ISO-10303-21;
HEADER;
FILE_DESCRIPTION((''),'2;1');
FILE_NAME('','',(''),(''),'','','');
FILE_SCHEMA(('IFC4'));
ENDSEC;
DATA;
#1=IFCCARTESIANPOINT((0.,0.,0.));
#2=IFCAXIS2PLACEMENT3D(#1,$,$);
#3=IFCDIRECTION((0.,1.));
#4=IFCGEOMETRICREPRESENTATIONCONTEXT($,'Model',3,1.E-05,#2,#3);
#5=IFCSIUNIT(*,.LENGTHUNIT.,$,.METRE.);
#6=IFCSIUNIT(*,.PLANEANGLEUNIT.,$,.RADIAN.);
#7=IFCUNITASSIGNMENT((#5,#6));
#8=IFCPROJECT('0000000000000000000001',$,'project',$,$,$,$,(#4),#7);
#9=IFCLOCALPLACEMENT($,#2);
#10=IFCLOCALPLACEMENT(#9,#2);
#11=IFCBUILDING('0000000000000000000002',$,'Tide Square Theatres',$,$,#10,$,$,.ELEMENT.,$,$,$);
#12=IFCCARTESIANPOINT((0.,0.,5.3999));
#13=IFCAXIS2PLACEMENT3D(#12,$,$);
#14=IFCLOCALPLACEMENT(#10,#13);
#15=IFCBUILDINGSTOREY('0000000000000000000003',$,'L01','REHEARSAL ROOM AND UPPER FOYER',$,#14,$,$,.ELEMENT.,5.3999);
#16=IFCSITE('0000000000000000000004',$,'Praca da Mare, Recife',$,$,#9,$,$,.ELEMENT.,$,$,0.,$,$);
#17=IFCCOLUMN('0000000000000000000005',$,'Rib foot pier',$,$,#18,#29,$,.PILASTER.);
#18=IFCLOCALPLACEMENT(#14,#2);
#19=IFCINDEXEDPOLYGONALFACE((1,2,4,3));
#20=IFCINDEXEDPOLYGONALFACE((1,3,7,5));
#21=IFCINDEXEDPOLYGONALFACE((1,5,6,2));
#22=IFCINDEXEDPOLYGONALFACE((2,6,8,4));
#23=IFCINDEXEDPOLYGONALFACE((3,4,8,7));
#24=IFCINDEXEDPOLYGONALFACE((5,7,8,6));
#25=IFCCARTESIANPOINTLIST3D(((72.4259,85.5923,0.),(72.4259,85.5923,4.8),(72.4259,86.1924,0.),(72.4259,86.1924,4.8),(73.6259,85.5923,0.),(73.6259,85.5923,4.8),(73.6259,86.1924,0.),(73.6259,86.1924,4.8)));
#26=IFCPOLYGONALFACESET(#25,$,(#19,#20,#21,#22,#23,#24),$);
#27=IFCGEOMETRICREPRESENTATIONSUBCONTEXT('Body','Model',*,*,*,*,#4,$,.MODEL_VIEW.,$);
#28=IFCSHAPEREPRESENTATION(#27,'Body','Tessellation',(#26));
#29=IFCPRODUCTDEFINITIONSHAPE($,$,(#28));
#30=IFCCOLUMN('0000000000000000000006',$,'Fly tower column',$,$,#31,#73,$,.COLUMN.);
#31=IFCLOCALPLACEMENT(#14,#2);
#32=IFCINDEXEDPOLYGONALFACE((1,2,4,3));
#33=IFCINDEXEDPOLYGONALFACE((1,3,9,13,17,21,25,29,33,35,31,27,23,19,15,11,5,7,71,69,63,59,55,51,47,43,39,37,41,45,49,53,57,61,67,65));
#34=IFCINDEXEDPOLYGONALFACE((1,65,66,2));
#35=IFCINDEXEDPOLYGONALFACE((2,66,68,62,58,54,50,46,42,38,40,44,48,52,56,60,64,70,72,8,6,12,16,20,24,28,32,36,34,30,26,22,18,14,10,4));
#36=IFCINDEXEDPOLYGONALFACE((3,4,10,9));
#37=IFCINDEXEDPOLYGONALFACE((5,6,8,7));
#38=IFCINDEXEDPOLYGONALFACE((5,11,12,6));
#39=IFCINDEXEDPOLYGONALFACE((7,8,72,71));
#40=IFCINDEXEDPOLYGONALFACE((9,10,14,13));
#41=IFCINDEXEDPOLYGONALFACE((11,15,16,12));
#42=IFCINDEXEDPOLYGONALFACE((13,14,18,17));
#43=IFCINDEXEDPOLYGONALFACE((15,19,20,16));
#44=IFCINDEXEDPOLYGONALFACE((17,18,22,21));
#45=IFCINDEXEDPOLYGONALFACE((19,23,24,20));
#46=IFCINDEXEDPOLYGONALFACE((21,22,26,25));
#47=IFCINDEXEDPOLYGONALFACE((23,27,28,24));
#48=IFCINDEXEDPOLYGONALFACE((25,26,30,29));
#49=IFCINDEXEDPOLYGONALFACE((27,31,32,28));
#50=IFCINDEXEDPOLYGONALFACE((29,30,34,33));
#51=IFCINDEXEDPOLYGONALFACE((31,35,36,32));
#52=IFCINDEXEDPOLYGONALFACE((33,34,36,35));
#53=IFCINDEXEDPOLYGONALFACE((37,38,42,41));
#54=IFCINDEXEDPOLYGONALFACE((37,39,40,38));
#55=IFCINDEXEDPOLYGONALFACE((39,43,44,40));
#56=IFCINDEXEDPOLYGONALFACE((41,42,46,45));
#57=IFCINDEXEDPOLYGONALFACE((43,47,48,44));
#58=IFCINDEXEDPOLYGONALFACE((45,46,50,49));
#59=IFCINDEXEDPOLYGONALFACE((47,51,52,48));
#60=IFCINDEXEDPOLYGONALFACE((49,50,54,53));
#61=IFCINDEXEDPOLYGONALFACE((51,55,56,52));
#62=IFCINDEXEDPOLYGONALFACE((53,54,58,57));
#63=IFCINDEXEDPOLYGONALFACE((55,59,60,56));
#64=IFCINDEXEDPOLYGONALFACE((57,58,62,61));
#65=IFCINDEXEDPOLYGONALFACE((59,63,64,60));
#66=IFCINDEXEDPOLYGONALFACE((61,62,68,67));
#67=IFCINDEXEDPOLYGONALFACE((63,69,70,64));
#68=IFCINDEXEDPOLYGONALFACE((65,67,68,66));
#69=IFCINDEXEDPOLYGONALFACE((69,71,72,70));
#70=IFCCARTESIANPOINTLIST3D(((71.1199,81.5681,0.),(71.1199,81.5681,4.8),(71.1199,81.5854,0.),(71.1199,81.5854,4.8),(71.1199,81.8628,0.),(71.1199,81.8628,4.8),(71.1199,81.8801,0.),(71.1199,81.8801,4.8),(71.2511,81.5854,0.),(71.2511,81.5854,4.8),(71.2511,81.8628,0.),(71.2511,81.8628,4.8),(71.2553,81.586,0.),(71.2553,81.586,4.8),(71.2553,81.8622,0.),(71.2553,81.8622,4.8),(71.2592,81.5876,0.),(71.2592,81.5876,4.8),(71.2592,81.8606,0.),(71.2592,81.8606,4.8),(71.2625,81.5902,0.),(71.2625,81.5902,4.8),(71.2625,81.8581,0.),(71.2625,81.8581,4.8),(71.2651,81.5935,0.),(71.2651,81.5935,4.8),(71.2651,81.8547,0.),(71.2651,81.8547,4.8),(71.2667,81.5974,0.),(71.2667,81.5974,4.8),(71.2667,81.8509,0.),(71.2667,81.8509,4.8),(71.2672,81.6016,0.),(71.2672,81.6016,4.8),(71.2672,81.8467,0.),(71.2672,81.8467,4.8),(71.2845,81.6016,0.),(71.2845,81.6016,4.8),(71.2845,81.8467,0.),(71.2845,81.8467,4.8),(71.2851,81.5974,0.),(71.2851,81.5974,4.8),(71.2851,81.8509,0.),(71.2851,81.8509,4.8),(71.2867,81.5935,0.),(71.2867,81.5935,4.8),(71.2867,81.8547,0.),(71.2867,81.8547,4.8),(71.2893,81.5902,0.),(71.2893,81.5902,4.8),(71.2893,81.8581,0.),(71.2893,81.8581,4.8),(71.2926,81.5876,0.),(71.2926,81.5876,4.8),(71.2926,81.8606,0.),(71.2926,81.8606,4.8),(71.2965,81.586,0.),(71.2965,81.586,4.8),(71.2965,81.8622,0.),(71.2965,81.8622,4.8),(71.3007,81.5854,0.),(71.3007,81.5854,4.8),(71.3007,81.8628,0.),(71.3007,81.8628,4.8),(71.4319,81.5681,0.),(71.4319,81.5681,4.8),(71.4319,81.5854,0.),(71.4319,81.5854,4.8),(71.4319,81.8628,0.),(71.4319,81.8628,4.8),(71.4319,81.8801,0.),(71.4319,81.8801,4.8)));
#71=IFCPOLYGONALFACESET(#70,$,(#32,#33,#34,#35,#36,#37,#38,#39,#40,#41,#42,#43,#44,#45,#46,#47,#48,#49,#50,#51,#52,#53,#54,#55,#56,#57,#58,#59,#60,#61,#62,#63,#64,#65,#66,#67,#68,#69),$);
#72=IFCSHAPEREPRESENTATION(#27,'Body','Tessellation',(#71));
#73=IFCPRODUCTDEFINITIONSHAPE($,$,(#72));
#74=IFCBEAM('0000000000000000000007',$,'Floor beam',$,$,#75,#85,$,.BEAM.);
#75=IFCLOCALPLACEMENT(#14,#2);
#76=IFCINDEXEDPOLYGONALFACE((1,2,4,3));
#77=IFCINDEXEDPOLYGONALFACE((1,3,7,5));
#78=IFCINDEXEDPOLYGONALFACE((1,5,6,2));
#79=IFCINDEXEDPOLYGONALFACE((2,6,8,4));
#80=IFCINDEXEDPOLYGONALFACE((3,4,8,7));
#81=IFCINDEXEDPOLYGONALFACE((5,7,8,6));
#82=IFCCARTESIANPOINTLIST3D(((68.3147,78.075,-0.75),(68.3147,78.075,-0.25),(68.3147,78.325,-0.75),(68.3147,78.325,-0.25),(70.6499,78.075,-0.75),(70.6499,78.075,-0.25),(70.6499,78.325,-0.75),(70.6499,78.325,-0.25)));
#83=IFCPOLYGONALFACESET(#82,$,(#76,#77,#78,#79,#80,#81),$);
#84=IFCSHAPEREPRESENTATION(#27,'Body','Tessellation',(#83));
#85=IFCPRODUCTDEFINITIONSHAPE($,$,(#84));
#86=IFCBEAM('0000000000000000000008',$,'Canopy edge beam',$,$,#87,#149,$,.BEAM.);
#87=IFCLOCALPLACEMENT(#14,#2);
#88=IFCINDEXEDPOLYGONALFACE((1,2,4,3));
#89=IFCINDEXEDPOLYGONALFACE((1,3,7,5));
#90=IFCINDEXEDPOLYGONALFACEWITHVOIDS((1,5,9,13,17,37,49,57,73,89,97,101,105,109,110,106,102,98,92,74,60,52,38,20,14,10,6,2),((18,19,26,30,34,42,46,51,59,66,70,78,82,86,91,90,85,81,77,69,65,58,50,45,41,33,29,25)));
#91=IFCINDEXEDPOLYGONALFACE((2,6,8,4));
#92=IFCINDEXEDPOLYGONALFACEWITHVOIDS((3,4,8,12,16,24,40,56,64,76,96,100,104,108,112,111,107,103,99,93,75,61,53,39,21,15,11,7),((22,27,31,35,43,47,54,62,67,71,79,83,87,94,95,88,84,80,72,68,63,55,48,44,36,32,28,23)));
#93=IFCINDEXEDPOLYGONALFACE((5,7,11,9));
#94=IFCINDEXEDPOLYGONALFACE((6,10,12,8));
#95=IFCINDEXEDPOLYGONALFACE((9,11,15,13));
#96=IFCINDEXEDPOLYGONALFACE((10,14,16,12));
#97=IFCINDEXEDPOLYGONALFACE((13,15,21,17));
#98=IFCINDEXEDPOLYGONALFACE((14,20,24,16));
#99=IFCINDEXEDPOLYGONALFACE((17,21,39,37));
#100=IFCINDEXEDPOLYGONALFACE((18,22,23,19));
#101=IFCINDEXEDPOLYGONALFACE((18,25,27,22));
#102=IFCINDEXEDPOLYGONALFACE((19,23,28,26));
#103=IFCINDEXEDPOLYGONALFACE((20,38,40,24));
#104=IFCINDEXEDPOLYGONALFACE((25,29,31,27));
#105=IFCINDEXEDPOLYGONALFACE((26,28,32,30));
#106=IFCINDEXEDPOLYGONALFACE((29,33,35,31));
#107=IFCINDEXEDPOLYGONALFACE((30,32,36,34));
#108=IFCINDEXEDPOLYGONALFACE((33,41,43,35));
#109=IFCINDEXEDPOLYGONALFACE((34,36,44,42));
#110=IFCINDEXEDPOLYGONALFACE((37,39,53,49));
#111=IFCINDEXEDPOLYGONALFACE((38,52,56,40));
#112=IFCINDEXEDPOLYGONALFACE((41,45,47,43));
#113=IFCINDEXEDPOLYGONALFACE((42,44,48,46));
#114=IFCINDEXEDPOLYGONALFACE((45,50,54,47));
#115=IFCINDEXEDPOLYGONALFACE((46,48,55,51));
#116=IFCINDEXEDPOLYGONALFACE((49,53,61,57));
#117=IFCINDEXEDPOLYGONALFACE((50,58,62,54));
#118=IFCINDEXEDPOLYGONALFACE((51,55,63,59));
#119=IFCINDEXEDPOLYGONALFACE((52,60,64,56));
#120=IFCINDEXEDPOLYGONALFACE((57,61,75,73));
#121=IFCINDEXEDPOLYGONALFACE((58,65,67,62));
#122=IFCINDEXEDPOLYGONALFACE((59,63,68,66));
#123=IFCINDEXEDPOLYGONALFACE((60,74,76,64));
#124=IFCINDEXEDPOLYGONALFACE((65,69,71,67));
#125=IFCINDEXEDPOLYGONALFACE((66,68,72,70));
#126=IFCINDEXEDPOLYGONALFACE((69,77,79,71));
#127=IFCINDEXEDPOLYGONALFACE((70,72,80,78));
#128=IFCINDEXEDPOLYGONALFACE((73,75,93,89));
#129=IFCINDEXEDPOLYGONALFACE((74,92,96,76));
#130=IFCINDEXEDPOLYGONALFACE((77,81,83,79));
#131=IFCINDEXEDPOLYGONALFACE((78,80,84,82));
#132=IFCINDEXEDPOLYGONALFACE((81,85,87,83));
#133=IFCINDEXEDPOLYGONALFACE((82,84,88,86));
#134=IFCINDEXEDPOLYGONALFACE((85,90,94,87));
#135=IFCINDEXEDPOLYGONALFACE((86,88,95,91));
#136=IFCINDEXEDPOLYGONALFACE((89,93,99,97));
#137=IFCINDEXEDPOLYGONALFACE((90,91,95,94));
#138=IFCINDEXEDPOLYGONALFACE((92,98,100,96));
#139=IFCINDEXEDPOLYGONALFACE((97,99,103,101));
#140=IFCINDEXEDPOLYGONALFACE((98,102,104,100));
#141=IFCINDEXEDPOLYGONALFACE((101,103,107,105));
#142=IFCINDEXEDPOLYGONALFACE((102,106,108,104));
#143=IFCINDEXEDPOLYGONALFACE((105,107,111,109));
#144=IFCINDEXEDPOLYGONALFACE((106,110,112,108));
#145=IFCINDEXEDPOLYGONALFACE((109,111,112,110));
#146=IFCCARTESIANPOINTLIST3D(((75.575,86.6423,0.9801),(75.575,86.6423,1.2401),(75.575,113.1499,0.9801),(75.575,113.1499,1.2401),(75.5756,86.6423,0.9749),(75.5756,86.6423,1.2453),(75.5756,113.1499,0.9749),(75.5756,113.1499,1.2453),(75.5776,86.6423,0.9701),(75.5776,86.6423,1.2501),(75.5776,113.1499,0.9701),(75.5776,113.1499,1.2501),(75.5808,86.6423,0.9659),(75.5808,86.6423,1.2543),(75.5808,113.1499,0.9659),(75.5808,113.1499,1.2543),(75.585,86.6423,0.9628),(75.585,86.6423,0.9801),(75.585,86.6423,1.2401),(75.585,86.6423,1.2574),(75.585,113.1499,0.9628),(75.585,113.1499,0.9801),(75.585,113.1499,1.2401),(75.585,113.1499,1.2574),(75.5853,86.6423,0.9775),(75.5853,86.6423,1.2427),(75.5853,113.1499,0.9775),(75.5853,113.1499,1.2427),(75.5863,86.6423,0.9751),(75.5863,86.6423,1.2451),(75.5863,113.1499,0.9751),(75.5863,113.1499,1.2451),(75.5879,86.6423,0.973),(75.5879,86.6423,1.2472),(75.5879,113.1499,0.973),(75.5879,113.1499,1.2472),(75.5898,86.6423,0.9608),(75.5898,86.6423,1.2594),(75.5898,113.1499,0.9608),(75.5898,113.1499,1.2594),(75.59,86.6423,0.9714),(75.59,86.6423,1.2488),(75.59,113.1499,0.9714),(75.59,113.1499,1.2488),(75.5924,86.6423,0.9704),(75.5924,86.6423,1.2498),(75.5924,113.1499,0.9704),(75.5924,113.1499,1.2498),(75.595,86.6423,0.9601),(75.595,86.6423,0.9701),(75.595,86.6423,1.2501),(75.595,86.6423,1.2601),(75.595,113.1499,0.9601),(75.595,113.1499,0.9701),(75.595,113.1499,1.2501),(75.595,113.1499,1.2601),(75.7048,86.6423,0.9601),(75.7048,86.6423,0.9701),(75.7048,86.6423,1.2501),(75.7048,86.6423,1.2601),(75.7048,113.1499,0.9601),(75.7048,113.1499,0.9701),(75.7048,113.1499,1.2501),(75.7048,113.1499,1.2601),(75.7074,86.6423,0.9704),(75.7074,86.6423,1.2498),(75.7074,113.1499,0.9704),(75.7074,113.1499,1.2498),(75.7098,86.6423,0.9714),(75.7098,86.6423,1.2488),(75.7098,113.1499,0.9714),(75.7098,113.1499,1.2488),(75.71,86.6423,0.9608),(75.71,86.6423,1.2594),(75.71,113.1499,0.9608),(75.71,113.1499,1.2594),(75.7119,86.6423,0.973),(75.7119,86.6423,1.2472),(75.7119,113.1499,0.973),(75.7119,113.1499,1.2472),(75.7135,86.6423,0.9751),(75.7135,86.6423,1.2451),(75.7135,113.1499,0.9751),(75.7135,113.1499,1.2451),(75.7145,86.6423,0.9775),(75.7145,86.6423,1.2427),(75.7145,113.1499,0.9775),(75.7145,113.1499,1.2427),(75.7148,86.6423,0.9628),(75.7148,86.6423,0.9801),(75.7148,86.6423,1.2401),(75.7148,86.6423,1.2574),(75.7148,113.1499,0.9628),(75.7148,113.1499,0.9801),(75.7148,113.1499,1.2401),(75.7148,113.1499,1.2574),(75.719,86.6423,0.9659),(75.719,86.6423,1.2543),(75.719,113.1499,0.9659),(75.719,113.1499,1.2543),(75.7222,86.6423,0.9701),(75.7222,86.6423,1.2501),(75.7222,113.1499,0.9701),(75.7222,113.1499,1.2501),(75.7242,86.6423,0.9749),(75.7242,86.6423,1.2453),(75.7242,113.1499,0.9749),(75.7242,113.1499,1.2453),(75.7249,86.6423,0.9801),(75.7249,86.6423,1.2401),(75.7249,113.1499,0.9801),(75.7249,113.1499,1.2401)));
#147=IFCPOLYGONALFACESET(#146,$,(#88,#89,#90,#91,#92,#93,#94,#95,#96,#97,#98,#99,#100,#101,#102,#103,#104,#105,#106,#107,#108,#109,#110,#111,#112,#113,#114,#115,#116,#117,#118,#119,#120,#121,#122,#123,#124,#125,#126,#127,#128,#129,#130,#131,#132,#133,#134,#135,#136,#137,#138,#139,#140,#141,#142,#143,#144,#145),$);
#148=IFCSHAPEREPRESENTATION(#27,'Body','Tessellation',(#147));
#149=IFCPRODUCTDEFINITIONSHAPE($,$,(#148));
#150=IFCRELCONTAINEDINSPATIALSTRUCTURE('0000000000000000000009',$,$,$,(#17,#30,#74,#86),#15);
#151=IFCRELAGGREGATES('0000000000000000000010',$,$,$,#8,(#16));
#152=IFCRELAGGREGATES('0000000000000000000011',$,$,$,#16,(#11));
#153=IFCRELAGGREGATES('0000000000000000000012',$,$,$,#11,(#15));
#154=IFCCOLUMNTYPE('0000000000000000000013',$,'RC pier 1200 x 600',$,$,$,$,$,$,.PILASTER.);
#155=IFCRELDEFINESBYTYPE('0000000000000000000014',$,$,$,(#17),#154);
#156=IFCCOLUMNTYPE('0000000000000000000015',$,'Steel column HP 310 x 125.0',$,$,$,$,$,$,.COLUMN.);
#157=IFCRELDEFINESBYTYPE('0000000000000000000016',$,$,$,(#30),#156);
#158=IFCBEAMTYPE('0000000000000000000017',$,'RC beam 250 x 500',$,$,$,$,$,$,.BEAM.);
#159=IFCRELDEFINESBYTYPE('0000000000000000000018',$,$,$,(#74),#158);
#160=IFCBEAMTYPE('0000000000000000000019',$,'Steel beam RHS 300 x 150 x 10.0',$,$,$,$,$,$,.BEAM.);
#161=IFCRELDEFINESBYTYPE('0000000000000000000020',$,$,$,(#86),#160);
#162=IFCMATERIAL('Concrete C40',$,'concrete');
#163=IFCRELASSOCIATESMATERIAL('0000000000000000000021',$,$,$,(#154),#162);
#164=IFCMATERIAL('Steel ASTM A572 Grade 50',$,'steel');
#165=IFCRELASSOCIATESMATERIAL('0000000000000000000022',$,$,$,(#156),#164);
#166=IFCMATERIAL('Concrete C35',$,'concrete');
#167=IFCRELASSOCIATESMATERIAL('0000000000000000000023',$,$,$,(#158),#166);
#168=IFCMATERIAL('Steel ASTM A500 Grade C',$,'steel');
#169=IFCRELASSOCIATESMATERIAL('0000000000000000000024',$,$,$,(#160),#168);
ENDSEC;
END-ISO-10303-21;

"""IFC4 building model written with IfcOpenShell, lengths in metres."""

from ifc_helpers import new_model, si_unit, direction, frame, origin, origin_2d, place, context, subcontext, project, spatial, rectangle, hollow_rectangle, i_section, extrude, material, material_profile, profile_set, type_object, element, save


model = new_model("IFC4")

# Units and contexts
model_context = context("Model", 3, precision=1e-05, world=origin(), true_north=direction((0.0, 1.0)))
body_context = subcontext(model_context, "Body", "Model", "MODEL_VIEW")
ifc_project = project(units=[si_unit("LENGTHUNIT", "METRE"), si_unit("PLANEANGLEUNIT", "RADIAN")], contexts=[model_context])

# Site, building, storey
site_placement = place(None, origin())
site = spatial("IfcSite", under=ifc_project, at=site_placement, Name="Praca da Mare, Recife", CompositionType="ELEMENT", RefElevation=0.0)
building_placement = place(site_placement, origin())
building = spatial("IfcBuilding", under=site, at=building_placement, Name="Tide Square Theatres", CompositionType="ELEMENT")
storey_placement = place(building_placement, frame((0.0, 0.0, 5.3999)))
storey = spatial("IfcBuildingStorey", under=building, at=storey_placement, Name="L01", Description="REHEARSAL ROOM AND UPPER FOYER", CompositionType="ELEMENT", Elevation=5.3999)

# Columns
ifc_material_1 = material(Name="Concrete C40", Category="concrete")
ifc_material_profile_1 = material_profile(ifc_material_1, rectangle(XDim=1.2, YDim=0.6001, at=origin_2d()))
ifc_profile_set_1 = profile_set([ifc_material_profile_1], Name="Concrete C40")
column_type_1 = type_object("IfcColumnType", Name="RC pier 1200 x 600", PredefinedType="PILASTER", material=ifc_profile_set_1)
column_1_placement = place(storey_placement, frame((73.0259, 85.8923, 0.0), z_axis=(0.0, 0.0, 1.0), x_axis=(-1.0, 0.0, 0.0)))
element("IfcColumn", 1, at=column_1_placement, inside=storey, type_object=column_type_1, Name="Rib foot pier", PredefinedType="PILASTER", context=body_context, shape_type="SweptSolid", body=[
    extrude(rectangle(XDim=1.2, YDim=0.6001, at=origin_2d()), origin(), (0.0, 0.0, 1.0), 4.8),
])
ifc_material_2 = material(Name="Steel ASTM A572 Grade 50", Category="steel")
ifc_material_profile_2 = material_profile(ifc_material_2, i_section(OverallWidth=0.312, OverallDepth=0.312, WebThickness=0.0173, FlangeThickness=0.0173, FilletRadius=0.0161, at=origin_2d()))
ifc_profile_set_2 = profile_set([ifc_material_profile_2], Name="Steel ASTM A572 Grade 50")
column_type_2 = type_object("IfcColumnType", Name="Steel column HP 310 x 125.0", PredefinedType="COLUMN", material=ifc_profile_set_2)
column_2_placement = place(storey_placement, frame((71.2759, 81.7241, 0.0), z_axis=(0.0, 0.0, 1.0), x_axis=(1.0, 0.0, 0.0)))
element("IfcColumn", 2, at=column_2_placement, inside=storey, type_object=column_type_2, Name="Fly tower column", PredefinedType="COLUMN", context=body_context, shape_type="SweptSolid", body=[
    extrude(i_section(OverallWidth=0.312, OverallDepth=0.312, WebThickness=0.0173, FlangeThickness=0.0173, FilletRadius=0.0161, at=origin_2d()), origin(), (0.0, 0.0, 1.0), 4.8),
])

# Beams
ifc_material_3 = material(Name="Concrete C35", Category="concrete")
ifc_material_profile_3 = material_profile(ifc_material_3, rectangle(XDim=0.25, YDim=0.5, at=origin_2d()))
ifc_profile_set_3 = profile_set([ifc_material_profile_3], Name="Concrete C35")
beam_type_1 = type_object("IfcBeamType", Name="RC beam 250 x 500", PredefinedType="BEAM", material=ifc_profile_set_3)
beam_1_placement = place(storey_placement, frame((68.3147, 78.2, -0.5), z_axis=(1.0, 0.0, 0.0), x_axis=(0.0, 1.0, 0.0)))
element("IfcBeam", 3, at=beam_1_placement, inside=storey, type_object=beam_type_1, Name="Floor beam", PredefinedType="BEAM", context=body_context, shape_type="SweptSolid", body=[
    extrude(rectangle(XDim=0.25, YDim=0.5, at=origin_2d()), origin(), (0.0, 0.0, 1.0), 2.3352),
])
ifc_material_4 = material(Name="Steel ASTM A500 Grade C", Category="steel")
ifc_material_profile_4 = material_profile(ifc_material_4, hollow_rectangle(XDim=0.1499, YDim=0.3, WallThickness=0.01, InnerFilletRadius=0.01, OuterFilletRadius=0.02, at=origin_2d()))
ifc_profile_set_4 = profile_set([ifc_material_profile_4], Name="Steel ASTM A500 Grade C")
beam_type_2 = type_object("IfcBeamType", Name="Steel beam RHS 300 x 150 x 10.0", PredefinedType="BEAM", material=ifc_profile_set_4)
beam_2_placement = place(storey_placement, frame((75.6499, 86.6423, 1.1101), z_axis=(0.0, 1.0, 0.0), x_axis=(-1.0, 0.0, 0.0)))
element("IfcBeam", 4, at=beam_2_placement, inside=storey, type_object=beam_type_2, Name="Canopy edge beam", PredefinedType="BEAM", context=body_context, shape_type="SweptSolid", body=[
    extrude(hollow_rectangle(XDim=0.1499, YDim=0.3, WallThickness=0.01, InnerFilletRadius=0.01, OuterFilletRadius=0.02, at=origin_2d()), origin(), (0.0, 0.0, 1.0), 26.5076),
])

save(model, "model.ifc")
